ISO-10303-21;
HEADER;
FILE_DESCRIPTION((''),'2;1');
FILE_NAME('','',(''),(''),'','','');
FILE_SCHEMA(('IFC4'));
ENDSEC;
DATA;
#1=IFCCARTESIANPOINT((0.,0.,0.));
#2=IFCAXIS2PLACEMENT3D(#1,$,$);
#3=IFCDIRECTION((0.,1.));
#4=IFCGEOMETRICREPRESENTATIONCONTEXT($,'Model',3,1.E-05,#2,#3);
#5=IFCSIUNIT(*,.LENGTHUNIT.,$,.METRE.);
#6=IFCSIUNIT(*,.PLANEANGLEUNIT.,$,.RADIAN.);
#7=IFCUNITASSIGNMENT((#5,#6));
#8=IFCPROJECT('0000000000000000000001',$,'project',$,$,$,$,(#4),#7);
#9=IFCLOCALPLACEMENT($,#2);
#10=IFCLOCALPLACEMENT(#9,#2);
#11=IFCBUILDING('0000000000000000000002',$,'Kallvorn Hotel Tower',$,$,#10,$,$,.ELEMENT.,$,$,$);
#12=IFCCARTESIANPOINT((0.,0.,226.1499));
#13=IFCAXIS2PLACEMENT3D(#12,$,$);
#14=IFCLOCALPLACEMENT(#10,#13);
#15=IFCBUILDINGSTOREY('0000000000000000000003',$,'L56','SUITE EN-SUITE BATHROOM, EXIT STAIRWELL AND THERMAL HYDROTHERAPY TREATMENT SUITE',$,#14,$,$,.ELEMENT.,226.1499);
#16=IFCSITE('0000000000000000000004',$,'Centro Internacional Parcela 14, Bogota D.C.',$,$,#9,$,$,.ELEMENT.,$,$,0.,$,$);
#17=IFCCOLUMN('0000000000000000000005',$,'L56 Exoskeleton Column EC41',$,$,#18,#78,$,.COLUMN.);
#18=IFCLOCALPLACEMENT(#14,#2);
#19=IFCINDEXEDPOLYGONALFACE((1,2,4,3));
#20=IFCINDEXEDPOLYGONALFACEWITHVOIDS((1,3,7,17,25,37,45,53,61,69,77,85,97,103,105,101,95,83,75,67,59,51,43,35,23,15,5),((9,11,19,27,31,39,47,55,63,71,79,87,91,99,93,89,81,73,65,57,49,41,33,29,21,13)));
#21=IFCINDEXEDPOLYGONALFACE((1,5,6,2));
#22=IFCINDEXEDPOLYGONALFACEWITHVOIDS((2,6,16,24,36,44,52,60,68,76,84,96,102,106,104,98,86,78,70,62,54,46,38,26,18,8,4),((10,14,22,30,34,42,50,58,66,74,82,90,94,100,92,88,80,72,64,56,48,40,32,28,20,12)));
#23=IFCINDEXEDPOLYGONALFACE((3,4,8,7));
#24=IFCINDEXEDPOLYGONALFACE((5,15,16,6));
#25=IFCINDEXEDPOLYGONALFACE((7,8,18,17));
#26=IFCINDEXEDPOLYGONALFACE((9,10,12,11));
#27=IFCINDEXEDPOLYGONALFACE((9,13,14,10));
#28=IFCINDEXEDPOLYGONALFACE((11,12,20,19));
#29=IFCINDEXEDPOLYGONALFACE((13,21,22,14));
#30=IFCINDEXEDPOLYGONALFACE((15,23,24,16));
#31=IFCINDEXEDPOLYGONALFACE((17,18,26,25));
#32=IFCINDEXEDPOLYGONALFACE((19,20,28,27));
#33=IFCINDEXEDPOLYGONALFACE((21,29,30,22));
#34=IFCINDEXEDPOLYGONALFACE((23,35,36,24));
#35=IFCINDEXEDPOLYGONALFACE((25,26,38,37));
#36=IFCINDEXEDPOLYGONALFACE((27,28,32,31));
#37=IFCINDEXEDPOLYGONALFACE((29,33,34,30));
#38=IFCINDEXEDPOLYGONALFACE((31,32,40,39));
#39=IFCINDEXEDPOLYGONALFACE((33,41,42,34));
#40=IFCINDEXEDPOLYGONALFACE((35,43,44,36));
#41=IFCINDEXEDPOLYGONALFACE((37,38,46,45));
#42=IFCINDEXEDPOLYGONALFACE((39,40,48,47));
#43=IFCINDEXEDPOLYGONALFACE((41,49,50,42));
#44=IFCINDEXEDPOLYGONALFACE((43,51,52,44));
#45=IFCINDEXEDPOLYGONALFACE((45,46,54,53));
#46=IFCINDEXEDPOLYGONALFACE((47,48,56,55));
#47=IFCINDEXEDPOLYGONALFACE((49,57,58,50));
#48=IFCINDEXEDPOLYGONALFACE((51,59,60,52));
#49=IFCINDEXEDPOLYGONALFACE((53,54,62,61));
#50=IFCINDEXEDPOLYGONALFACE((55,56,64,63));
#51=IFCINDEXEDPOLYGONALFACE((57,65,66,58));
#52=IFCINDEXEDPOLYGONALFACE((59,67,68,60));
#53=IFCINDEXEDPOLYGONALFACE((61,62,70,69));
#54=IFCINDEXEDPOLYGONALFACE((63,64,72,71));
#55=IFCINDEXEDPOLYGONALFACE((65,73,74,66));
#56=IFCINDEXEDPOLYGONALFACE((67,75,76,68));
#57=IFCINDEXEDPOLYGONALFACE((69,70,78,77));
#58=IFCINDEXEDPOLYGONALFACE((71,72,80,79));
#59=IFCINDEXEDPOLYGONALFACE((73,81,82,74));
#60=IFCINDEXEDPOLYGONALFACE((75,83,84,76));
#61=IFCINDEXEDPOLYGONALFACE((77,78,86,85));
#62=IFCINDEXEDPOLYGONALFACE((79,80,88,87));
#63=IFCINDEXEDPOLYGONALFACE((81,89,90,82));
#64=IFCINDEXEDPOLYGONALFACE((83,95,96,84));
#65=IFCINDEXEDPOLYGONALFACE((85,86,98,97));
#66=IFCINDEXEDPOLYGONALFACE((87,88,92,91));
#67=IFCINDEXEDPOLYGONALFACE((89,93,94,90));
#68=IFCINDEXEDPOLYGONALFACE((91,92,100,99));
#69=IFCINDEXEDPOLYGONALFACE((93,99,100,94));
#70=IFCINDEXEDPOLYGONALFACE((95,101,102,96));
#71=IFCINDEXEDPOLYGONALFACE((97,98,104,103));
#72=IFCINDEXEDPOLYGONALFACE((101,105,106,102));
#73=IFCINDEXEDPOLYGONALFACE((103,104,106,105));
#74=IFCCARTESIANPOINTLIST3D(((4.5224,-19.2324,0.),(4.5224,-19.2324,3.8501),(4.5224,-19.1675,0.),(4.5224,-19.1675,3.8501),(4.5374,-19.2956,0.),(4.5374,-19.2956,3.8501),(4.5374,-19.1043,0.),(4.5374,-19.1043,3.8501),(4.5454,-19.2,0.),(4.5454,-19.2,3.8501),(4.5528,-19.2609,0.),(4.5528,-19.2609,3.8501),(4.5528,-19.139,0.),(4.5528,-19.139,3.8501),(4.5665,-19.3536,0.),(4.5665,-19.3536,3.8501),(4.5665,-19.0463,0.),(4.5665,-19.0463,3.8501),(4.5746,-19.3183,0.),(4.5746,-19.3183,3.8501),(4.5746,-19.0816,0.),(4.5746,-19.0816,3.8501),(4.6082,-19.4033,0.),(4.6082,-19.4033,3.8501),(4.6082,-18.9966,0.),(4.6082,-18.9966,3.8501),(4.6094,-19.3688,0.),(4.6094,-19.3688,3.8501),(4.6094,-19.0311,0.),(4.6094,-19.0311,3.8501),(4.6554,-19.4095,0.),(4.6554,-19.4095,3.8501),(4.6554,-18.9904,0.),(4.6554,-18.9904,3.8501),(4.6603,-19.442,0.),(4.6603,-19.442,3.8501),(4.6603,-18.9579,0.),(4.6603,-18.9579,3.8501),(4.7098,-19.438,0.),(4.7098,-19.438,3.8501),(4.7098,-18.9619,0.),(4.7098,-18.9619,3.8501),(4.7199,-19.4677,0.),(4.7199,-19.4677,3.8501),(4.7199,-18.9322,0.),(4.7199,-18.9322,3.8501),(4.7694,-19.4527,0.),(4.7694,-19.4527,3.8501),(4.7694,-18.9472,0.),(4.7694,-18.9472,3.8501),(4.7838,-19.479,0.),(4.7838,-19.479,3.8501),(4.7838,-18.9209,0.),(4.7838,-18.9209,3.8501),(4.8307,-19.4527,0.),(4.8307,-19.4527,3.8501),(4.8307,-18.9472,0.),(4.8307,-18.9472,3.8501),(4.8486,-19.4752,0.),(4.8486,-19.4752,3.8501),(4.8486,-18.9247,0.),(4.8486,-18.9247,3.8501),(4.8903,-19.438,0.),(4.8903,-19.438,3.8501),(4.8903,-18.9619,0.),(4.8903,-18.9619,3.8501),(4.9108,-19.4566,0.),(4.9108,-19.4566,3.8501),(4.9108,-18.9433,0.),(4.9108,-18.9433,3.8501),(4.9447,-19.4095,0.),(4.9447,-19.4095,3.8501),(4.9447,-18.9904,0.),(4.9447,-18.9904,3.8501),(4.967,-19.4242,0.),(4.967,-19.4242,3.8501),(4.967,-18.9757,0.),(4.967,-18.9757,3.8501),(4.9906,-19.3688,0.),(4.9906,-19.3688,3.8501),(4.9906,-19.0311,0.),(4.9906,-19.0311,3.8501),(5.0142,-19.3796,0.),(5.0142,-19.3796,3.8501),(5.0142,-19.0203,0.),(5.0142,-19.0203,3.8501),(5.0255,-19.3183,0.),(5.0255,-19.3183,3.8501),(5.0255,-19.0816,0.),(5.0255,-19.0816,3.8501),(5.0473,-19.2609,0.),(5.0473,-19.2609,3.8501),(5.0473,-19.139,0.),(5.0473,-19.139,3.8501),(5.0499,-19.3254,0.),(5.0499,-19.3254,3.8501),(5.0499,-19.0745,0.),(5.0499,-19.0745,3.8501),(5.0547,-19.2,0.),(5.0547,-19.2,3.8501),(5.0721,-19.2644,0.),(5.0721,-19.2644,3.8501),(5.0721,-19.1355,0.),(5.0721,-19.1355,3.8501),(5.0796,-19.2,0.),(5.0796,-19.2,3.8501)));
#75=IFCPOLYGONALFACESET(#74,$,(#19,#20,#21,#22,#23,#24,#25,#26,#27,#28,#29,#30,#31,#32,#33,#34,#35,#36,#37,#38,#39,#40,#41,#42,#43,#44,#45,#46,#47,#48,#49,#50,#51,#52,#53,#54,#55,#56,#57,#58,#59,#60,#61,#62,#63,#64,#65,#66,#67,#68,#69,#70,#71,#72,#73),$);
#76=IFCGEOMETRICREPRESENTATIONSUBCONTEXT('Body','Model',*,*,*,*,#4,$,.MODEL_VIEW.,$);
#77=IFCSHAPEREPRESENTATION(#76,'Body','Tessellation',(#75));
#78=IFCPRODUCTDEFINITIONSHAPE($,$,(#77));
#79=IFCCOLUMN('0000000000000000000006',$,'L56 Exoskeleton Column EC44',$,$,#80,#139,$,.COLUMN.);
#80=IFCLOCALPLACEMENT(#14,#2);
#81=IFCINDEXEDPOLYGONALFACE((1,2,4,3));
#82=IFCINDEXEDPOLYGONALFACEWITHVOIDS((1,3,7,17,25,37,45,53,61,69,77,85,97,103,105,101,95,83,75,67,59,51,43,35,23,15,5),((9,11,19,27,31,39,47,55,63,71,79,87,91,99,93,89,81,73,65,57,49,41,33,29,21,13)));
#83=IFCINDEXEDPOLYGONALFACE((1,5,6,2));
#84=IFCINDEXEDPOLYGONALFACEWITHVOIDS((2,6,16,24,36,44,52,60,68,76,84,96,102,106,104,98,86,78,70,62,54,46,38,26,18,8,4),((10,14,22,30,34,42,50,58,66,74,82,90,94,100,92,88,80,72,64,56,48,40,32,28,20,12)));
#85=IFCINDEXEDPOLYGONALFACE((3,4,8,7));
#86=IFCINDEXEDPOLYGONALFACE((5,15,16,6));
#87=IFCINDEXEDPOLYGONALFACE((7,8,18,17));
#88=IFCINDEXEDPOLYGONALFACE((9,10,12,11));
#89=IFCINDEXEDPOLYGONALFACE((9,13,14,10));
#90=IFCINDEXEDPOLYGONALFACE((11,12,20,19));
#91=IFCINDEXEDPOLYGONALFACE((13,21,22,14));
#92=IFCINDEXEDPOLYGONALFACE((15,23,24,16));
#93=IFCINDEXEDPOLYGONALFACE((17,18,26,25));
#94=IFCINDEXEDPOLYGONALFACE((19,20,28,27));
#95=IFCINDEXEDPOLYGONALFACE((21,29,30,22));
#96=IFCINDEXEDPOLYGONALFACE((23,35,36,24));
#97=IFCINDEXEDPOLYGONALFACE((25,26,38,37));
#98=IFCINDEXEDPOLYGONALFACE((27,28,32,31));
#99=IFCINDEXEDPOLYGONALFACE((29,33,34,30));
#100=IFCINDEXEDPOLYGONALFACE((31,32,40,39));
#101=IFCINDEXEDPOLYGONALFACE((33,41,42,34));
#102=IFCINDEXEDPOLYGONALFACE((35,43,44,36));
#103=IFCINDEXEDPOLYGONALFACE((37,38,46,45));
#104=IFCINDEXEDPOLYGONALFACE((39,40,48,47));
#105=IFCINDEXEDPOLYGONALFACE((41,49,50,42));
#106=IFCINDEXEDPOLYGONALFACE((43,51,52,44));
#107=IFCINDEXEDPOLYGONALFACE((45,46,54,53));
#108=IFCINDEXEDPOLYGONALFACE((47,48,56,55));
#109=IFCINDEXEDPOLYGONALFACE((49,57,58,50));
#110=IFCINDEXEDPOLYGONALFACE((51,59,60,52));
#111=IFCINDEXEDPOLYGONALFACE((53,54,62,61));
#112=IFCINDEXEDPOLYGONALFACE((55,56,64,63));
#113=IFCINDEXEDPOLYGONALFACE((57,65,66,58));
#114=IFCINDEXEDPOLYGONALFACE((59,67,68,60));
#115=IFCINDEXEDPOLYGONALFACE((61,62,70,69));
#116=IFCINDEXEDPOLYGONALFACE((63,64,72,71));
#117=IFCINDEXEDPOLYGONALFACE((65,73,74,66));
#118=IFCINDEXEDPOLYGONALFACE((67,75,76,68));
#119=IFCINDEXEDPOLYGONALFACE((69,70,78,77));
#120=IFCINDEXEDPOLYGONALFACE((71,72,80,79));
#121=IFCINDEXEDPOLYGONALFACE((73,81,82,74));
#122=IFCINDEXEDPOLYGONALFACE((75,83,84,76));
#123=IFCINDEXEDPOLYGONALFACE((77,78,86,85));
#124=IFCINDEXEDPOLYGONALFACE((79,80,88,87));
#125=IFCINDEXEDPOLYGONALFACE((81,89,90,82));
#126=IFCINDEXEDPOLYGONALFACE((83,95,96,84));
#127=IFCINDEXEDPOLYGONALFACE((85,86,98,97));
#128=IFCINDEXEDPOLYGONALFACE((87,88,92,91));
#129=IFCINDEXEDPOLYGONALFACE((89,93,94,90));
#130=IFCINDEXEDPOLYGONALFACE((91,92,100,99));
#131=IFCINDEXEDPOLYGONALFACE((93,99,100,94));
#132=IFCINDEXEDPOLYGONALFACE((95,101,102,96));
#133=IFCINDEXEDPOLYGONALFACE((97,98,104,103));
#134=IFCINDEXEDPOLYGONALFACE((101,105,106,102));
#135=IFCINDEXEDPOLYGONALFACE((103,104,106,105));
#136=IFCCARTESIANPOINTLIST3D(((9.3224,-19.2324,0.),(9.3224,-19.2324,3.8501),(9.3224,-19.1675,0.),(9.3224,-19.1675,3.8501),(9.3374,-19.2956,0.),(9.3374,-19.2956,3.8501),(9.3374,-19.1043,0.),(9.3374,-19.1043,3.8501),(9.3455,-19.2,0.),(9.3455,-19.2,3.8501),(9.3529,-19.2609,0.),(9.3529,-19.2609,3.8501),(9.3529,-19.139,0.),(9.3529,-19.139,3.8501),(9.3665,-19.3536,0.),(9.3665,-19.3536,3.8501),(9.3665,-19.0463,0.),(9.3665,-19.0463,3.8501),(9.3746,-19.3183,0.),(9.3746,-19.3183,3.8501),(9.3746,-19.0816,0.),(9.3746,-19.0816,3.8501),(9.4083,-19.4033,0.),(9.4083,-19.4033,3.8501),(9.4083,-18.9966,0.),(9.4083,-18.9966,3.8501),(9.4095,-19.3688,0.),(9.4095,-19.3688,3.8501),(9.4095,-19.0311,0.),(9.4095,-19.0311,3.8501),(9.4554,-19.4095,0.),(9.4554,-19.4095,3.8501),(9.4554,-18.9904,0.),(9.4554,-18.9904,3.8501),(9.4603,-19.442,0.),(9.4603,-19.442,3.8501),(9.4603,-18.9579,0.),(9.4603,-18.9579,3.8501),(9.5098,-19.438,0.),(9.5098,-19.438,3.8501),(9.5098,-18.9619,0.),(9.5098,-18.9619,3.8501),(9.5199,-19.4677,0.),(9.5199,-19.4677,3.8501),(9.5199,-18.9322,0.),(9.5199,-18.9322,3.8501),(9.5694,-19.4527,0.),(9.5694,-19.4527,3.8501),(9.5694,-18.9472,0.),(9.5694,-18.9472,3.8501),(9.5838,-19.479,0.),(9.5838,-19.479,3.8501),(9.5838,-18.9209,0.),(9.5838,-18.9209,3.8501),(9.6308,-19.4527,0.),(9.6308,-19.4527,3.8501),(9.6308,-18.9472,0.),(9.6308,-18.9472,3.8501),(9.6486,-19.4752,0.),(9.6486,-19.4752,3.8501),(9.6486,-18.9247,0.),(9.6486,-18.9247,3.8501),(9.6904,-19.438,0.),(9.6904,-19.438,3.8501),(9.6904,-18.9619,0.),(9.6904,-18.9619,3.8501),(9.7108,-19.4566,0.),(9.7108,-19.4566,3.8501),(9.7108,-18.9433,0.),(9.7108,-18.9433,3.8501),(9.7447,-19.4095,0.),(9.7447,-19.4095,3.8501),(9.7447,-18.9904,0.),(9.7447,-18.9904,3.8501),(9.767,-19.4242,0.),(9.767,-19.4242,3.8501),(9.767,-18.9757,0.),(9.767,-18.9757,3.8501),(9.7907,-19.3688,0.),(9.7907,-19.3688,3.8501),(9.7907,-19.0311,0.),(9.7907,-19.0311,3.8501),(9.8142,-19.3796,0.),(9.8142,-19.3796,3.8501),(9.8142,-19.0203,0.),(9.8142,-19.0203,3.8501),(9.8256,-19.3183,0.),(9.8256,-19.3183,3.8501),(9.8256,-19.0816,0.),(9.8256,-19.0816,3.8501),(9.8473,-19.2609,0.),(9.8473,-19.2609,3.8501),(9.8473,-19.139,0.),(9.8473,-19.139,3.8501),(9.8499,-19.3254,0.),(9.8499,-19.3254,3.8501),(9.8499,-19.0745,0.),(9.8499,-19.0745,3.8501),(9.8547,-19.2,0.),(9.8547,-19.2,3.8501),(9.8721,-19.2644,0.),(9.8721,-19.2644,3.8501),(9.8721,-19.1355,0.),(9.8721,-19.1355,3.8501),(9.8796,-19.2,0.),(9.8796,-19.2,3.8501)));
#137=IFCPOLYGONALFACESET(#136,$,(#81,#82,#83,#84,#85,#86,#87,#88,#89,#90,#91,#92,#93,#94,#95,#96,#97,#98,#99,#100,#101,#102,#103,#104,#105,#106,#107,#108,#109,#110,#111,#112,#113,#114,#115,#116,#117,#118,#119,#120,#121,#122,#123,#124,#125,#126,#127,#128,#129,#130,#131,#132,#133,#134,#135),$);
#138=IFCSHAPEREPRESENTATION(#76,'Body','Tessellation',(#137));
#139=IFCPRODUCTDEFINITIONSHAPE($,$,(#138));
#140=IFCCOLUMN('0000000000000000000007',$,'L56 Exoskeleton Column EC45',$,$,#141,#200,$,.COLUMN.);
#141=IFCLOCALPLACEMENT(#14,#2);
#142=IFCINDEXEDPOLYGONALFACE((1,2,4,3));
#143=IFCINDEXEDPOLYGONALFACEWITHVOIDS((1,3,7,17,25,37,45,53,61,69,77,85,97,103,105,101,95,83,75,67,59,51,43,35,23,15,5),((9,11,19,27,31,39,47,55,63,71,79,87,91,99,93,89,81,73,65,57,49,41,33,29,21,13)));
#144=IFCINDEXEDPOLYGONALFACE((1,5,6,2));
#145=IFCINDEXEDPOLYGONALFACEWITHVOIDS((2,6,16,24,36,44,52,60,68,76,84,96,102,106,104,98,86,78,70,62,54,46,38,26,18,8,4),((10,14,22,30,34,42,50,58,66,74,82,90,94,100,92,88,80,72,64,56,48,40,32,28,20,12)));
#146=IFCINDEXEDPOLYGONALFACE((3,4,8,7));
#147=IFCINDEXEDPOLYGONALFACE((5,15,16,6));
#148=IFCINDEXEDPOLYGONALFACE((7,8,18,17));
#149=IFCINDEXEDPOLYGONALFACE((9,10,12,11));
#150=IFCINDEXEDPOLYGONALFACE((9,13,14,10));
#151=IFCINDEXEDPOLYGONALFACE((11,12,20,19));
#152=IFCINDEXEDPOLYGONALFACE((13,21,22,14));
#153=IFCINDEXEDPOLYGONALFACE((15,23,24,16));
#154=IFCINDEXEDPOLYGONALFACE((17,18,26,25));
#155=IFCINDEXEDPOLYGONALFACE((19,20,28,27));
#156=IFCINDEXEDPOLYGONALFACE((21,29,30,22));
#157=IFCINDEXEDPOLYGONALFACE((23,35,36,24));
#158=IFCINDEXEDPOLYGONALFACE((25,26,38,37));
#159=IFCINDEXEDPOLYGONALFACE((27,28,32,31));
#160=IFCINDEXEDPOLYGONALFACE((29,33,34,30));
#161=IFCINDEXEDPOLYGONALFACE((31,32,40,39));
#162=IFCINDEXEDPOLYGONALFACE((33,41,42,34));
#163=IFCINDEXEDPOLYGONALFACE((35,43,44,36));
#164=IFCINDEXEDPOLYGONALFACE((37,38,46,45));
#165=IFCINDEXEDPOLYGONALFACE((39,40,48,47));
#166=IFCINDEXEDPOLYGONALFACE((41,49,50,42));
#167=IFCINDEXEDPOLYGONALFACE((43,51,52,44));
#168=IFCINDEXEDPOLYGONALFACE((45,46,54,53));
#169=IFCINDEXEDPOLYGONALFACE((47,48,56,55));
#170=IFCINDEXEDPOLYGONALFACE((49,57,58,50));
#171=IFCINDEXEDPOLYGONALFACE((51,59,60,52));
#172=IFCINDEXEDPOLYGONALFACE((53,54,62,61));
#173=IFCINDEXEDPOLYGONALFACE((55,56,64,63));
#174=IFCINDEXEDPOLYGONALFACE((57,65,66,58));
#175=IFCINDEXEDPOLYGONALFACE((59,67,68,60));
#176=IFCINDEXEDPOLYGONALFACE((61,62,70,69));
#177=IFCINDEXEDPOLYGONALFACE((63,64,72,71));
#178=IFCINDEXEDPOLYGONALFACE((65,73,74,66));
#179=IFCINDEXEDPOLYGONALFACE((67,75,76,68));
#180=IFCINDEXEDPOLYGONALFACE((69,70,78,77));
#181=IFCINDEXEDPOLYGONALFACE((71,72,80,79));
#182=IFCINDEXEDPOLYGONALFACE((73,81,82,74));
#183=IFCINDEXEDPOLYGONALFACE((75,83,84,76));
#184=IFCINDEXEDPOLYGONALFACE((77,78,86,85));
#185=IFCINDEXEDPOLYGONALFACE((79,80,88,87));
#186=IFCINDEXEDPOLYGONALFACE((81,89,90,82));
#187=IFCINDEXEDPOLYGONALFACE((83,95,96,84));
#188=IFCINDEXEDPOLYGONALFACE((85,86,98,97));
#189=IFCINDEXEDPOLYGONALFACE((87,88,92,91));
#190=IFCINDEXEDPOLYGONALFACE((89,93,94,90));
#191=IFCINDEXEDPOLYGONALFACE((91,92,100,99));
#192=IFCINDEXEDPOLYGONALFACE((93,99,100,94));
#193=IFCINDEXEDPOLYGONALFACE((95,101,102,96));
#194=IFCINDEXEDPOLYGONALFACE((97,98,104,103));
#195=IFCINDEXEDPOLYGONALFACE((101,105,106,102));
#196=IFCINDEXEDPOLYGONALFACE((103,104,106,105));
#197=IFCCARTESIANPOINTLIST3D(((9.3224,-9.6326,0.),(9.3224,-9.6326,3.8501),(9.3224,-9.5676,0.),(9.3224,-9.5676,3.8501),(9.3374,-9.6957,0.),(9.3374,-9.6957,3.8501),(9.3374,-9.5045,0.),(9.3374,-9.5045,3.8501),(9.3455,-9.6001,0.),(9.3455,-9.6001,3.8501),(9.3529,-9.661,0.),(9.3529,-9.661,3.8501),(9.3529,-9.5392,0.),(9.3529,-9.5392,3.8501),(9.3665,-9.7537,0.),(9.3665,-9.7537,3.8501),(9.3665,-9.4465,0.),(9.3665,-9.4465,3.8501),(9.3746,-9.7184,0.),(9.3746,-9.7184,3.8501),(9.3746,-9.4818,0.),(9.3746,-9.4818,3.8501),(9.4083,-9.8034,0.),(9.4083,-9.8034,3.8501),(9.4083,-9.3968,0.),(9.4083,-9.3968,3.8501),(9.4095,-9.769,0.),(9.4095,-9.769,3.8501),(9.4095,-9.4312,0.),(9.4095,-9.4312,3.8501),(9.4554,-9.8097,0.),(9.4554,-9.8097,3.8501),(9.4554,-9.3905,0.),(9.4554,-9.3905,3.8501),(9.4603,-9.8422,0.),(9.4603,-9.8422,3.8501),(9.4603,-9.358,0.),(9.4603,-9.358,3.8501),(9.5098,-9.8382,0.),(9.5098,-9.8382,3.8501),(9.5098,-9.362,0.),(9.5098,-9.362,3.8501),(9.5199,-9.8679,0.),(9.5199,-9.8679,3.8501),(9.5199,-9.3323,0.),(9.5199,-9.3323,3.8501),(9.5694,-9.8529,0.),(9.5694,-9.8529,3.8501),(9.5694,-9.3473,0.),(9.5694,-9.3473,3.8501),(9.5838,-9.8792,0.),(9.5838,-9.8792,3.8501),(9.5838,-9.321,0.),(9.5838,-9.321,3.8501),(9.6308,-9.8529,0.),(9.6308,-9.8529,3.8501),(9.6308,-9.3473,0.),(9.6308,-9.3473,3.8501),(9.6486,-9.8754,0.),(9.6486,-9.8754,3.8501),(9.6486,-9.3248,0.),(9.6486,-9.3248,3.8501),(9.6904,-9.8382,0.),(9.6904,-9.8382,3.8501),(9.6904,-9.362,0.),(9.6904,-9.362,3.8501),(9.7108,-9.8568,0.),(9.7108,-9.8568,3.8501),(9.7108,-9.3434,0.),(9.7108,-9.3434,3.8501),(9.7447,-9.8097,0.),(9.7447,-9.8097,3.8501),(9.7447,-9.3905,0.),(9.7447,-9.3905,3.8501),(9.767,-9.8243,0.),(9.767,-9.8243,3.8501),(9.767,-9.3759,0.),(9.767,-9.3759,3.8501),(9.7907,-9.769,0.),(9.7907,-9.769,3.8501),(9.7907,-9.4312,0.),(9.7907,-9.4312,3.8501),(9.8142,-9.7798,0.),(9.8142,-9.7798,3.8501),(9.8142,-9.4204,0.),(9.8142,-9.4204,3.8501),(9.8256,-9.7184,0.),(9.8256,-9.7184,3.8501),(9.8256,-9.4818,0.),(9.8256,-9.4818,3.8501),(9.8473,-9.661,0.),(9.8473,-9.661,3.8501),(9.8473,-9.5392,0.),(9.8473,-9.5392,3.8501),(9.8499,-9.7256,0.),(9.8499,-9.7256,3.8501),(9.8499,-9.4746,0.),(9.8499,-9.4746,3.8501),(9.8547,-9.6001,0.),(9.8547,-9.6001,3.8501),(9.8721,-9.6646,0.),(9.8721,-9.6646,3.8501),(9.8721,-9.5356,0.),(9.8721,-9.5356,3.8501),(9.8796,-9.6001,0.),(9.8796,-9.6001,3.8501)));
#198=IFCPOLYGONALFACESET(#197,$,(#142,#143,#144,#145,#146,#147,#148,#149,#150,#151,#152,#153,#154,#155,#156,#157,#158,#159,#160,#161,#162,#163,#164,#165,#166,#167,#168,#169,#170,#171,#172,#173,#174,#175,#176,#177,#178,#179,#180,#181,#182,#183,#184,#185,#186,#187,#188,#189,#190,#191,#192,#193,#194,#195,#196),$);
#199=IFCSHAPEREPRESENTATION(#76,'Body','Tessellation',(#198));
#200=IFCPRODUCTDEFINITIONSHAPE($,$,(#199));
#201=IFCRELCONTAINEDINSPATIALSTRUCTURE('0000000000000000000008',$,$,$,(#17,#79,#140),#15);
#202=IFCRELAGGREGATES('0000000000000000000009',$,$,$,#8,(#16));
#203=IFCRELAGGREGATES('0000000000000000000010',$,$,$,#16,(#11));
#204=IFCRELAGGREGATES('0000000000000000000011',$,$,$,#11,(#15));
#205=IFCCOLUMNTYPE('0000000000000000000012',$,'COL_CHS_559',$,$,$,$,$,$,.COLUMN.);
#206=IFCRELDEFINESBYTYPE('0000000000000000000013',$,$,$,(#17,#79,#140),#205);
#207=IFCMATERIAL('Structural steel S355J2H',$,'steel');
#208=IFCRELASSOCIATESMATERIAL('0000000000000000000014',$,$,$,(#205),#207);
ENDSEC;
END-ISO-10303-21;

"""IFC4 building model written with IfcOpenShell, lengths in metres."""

from ifc_helpers import new_model, si_unit, direction, frame, origin, origin_2d, place, context, subcontext, project, spatial, hollow_circle, extrude, material, material_profile, profile_set, type_object, element, save


model = new_model("IFC4")

# Units and contexts
model_context = context("Model", 3, precision=1e-05, world=origin(), true_north=direction((0.0, 1.0)))
body_context = subcontext(model_context, "Body", "Model", "MODEL_VIEW")
ifc_project = project(units=[si_unit("LENGTHUNIT", "METRE"), si_unit("PLANEANGLEUNIT", "RADIAN")], contexts=[model_context])

# Site, building, storey
site_placement = place(None, origin())
site = spatial("IfcSite", under=ifc_project, at=site_placement, Name="Centro Internacional Parcela 14, Bogota D.C.", CompositionType="ELEMENT", RefElevation=0.0)
building_placement = place(site_placement, origin())
building = spatial("IfcBuilding", under=site, at=building_placement, Name="Kallvorn Hotel Tower", CompositionType="ELEMENT")
storey_placement = place(building_placement, frame((0.0, 0.0, 226.1499)))
storey = spatial("IfcBuildingStorey", under=building, at=storey_placement, Name="L56", Description="SUITE EN-SUITE BATHROOM, EXIT STAIRWELL AND THERMAL HYDROTHERAPY TREATMENT SUITE", CompositionType="ELEMENT", Elevation=226.1499)

# Columns
ifc_material_1 = material(Name="Structural steel S355J2H", Category="steel")
ifc_material_profile_1 = material_profile(ifc_material_1, hollow_circle(Radius=0.2795, WallThickness=0.0249, at=origin_2d()), Name="CHS 559x25")
ifc_profile_set_1 = profile_set([ifc_material_profile_1], Name="Structural steel S355J2H")
column_type_1 = type_object("IfcColumnType", Name="COL_CHS_559", PredefinedType="COLUMN", material=ifc_profile_set_1)
for number, where, z_axis, x_axis, name in (
    (1, (4.8, -19.2, 0.0), (0.0, 0.0, 1.0), (1.0, 0.0, 0.0), "L56 Exoskeleton Column EC41"),
    (2, (9.6001, -19.2, 0.0), (0.0, 0.0, 1.0), (1.0, 0.0, 0.0), "L56 Exoskeleton Column EC44"),
    (3, (9.6001, -9.6001, 0.0), (0.0, 0.0, 1.0), (1.0, 0.0, 0.0), "L56 Exoskeleton Column EC45"),
):
    element("IfcColumn", number, at=place(storey_placement, frame(where, z_axis=z_axis, x_axis=x_axis)), inside=storey, type_object=column_type_1, Name=name, PredefinedType="COLUMN", context=body_context, shape_type="SweptSolid", body=[
        extrude(hollow_circle(Radius=0.2795, WallThickness=0.0249, at=origin_2d()), origin(), (0.0, 0.0, 1.0), 3.8501),
    ])

save(model, "model.ifc")
